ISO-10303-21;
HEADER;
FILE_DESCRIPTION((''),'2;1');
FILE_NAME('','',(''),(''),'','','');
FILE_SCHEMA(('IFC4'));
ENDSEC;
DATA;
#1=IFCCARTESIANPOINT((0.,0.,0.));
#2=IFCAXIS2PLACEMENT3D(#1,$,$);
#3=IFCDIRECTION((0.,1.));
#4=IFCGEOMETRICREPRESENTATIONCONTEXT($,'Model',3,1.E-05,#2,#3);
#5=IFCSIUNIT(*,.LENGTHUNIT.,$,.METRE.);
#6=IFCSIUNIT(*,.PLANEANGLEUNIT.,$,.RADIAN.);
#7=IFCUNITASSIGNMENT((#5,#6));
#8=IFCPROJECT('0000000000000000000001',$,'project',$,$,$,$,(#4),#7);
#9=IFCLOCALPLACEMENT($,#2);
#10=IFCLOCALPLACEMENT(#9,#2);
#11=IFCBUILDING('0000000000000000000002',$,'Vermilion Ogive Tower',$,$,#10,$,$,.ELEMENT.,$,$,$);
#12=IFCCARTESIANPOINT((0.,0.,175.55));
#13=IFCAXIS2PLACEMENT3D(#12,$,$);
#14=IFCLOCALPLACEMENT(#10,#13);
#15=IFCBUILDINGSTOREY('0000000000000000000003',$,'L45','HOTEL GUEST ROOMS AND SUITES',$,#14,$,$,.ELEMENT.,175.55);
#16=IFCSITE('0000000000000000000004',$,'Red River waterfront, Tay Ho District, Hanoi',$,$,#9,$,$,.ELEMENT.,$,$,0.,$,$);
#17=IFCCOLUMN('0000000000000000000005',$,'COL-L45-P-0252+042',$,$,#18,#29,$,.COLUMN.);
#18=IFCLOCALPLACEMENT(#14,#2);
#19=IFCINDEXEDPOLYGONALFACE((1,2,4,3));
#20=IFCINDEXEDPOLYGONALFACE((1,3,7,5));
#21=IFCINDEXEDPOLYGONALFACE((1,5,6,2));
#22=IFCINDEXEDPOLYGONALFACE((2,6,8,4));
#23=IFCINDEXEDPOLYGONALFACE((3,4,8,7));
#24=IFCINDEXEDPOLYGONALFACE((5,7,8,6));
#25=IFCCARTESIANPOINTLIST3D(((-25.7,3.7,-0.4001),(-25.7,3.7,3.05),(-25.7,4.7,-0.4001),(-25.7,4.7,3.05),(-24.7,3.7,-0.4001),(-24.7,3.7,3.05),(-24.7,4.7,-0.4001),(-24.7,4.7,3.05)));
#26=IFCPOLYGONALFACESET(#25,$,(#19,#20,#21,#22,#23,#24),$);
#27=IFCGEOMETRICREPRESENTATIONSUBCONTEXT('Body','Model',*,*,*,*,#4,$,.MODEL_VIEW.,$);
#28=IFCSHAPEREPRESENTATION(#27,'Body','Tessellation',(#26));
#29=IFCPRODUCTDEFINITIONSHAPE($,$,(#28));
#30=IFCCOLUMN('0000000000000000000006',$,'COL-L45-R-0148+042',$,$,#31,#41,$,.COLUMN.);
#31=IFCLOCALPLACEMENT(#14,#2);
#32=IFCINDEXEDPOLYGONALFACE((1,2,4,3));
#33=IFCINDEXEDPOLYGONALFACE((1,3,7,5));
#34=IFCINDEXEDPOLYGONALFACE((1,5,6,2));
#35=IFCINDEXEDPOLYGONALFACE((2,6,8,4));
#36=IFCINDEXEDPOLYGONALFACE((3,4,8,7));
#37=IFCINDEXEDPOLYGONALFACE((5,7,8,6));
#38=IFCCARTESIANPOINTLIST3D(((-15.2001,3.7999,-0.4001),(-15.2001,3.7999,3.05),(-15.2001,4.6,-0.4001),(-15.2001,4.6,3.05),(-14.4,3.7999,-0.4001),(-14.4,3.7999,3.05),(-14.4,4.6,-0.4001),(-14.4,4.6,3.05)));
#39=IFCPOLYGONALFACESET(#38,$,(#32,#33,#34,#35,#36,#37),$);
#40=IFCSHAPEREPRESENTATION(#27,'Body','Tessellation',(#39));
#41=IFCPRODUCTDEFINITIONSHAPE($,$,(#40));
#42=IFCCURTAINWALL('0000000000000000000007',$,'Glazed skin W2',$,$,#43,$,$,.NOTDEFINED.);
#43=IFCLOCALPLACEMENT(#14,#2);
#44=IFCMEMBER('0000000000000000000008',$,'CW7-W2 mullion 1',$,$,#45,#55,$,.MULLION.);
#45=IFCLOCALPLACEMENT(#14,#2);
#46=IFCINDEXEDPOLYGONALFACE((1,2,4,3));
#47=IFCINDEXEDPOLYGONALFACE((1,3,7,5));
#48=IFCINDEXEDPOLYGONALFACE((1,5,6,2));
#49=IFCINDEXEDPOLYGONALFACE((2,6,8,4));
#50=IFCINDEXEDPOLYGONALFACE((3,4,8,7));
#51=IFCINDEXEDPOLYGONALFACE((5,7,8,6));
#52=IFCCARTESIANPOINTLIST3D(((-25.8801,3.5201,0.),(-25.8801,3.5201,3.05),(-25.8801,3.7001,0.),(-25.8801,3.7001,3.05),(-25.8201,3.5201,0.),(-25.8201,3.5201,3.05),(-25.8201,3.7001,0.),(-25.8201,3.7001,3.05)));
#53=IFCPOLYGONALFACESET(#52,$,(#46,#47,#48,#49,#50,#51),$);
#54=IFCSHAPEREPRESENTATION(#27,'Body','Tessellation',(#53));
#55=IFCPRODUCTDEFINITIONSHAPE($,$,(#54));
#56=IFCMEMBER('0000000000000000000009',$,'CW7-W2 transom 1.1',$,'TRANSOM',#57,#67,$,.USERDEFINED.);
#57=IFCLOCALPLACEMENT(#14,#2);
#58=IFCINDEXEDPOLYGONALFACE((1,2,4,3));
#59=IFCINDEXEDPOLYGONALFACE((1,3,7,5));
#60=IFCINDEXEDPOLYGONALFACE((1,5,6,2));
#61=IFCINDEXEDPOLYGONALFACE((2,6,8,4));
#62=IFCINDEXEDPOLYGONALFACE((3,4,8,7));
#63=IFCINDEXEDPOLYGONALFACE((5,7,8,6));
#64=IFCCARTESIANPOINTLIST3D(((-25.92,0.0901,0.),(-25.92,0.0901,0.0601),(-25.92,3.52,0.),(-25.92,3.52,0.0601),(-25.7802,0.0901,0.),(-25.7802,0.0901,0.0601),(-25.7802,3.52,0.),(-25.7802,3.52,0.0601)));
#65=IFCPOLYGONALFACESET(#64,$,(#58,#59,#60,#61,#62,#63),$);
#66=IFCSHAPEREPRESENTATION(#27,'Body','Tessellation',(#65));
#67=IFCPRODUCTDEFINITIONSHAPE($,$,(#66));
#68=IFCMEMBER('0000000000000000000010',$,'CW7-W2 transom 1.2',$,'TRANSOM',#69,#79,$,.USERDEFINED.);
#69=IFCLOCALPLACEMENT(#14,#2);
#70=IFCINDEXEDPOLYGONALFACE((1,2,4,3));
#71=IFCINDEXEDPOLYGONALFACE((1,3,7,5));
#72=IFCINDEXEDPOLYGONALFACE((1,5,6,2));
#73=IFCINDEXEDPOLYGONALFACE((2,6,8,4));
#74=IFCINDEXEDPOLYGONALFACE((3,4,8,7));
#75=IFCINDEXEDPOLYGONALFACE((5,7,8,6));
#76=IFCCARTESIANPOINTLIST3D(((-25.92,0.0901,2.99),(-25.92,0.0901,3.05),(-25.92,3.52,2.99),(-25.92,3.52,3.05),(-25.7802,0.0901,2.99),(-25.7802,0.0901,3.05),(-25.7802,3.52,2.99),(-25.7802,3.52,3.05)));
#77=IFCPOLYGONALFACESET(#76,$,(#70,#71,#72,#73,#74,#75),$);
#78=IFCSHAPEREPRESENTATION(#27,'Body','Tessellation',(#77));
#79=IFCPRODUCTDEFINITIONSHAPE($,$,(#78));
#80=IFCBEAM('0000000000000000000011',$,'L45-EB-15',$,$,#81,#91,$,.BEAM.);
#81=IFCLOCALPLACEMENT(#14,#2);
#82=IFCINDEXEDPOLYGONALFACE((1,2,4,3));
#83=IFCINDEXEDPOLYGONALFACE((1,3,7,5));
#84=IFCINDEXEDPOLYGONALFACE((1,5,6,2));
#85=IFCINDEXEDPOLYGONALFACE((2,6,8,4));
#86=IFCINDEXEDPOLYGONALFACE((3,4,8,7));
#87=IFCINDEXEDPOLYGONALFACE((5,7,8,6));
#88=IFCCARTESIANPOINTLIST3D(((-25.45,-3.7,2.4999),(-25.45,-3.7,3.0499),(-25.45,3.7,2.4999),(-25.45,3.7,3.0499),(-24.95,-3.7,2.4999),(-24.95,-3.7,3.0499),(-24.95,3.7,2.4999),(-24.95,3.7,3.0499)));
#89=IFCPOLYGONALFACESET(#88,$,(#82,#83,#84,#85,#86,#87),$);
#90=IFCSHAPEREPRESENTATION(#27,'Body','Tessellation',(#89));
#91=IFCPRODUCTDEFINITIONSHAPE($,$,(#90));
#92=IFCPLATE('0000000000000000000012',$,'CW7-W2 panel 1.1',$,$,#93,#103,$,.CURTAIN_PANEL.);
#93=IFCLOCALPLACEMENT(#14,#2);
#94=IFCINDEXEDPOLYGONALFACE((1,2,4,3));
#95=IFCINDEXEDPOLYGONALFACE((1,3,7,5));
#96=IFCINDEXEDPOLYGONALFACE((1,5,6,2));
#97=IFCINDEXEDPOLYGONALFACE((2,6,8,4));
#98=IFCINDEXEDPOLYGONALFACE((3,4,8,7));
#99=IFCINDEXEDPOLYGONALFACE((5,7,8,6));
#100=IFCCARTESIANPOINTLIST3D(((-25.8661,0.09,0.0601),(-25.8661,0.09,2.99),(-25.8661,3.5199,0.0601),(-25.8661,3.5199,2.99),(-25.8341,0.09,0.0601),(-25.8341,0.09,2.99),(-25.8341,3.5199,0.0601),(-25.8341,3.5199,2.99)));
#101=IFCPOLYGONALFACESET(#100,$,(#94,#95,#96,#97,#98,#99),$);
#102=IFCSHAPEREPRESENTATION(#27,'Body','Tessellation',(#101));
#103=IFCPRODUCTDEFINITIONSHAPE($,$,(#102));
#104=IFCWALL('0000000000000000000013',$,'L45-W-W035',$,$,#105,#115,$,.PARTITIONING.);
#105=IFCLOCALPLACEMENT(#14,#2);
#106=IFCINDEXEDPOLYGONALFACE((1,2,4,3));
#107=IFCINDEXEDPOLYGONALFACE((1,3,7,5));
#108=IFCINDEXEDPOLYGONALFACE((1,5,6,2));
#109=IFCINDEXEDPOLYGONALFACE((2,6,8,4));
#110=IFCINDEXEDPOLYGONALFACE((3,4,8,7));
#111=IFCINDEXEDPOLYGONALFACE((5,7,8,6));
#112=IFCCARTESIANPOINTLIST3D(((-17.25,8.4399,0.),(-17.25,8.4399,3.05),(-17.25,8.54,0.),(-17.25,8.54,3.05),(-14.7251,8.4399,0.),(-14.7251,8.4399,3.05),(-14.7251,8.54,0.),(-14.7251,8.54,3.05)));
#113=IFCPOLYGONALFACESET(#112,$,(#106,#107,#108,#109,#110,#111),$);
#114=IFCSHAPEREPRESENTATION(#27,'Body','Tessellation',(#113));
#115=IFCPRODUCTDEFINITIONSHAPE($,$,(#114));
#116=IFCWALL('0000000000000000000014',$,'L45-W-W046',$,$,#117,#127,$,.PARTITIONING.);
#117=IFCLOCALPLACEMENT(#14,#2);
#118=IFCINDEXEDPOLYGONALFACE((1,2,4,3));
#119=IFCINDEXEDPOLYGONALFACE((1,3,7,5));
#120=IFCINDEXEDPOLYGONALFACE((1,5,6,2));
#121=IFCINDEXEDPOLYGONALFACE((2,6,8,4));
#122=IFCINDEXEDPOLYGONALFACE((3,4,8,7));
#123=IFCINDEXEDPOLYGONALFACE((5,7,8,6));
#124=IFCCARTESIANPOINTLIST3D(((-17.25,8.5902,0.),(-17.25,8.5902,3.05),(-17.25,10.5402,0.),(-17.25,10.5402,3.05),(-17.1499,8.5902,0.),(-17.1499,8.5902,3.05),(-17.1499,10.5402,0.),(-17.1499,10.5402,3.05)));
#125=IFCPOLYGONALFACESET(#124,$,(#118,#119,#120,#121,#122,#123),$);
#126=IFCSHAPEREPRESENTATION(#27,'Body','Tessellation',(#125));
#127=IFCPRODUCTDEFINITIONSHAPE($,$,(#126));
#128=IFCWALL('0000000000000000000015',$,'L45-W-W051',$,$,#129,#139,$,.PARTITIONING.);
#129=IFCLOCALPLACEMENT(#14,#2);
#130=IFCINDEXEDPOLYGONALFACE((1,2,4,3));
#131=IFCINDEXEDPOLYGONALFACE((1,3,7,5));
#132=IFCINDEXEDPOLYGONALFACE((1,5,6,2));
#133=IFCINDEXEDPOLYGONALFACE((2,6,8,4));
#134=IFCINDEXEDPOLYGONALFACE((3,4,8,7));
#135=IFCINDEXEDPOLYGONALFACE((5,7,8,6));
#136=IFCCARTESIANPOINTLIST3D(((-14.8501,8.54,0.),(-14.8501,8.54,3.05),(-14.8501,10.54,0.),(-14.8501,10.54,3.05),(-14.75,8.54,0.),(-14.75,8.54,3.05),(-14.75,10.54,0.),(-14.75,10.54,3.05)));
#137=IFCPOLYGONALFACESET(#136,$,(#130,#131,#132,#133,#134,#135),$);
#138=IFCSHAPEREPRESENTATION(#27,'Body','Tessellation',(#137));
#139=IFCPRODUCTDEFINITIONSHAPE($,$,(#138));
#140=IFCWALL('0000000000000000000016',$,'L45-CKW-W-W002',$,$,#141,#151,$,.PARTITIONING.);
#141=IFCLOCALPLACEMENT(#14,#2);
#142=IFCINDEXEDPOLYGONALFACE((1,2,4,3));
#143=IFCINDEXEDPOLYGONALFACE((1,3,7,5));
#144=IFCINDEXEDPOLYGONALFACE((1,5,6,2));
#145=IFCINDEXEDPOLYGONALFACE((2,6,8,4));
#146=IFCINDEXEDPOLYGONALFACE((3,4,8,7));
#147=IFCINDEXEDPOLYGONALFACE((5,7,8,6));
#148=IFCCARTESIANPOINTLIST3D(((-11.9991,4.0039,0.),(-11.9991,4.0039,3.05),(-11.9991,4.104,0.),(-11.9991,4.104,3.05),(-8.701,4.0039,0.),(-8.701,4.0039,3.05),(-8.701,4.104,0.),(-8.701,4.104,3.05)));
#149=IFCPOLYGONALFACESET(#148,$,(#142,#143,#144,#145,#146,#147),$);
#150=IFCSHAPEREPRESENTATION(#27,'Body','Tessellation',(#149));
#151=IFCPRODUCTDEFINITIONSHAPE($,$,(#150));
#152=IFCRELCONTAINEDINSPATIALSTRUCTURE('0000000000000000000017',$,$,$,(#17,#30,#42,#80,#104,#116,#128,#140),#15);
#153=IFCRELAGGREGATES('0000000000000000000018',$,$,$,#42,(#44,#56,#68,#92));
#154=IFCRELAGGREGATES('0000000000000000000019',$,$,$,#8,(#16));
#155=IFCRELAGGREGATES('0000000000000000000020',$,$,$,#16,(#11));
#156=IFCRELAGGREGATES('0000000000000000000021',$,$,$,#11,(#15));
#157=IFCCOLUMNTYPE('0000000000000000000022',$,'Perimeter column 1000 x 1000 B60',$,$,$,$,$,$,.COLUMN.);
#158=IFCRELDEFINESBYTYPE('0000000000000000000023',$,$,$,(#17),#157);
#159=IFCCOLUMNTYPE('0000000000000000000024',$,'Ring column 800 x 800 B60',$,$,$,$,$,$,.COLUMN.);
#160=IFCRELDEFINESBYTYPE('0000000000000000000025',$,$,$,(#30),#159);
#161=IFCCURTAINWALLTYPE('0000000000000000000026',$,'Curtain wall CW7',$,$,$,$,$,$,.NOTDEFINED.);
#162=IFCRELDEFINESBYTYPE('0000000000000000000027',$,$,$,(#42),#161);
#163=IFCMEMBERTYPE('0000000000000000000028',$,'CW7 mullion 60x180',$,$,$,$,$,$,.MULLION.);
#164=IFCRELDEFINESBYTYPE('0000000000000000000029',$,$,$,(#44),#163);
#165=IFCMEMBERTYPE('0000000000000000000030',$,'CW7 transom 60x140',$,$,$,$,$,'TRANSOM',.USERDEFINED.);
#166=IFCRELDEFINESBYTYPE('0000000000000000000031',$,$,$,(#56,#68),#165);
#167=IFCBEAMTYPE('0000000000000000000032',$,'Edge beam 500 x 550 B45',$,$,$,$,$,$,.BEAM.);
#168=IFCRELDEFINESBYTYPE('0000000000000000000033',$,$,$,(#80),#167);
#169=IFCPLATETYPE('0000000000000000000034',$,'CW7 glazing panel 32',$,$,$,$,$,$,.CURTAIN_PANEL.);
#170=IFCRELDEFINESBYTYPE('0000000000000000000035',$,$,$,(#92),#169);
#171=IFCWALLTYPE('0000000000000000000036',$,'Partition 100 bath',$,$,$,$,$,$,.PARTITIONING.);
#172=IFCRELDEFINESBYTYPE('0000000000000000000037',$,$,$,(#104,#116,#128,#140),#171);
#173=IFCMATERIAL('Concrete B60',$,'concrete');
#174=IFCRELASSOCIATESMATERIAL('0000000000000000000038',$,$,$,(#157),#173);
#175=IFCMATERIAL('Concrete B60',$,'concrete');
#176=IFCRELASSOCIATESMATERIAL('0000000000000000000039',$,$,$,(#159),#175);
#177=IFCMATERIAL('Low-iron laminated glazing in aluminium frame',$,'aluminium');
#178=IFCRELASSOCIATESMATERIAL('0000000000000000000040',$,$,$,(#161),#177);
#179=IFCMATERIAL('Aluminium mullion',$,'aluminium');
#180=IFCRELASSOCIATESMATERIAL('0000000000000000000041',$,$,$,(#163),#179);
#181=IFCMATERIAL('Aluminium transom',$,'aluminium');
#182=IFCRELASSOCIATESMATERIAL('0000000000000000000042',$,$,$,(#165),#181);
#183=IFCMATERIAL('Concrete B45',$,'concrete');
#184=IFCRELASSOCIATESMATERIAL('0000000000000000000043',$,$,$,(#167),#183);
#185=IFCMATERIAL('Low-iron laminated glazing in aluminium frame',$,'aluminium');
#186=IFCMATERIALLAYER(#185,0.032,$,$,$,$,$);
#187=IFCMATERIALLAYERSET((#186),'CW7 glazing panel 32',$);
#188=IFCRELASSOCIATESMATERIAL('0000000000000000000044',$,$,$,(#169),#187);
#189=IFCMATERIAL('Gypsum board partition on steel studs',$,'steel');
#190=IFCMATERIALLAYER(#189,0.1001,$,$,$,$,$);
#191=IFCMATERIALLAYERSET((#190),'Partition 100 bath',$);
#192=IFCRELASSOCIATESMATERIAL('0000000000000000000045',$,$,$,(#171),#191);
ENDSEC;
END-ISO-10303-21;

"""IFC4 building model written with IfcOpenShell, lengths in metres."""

from ifc_helpers import new_model, si_unit, direction, frame, frame_2d, origin, origin_2d, place, context, subcontext, project, spatial, rectangle, extrude, material, layer, layer_set, material_profile, profile_set, type_object, element, aggregate, save


model = new_model("IFC4")

# Units and contexts
model_context = context("Model", 3, precision=1e-05, world=origin(), true_north=direction((0.0, 1.0)))
body_context = subcontext(model_context, "Body", "Model", "MODEL_VIEW")
ifc_project = project(units=[si_unit("LENGTHUNIT", "METRE"), si_unit("PLANEANGLEUNIT", "RADIAN")], contexts=[model_context])

# Site, building, storey
site_placement = place(None, origin())
site = spatial("IfcSite", under=ifc_project, at=site_placement, Name="Red River waterfront, Tay Ho District, Hanoi", CompositionType="ELEMENT", RefElevation=0.0)
building_placement = place(site_placement, origin())
building = spatial("IfcBuilding", under=site, at=building_placement, Name="Vermilion Ogive Tower", CompositionType="ELEMENT")
storey_placement = place(building_placement, frame((0.0, 0.0, 175.55)))
storey = spatial("IfcBuildingStorey", under=building, at=storey_placement, Name="L45", Description="HOTEL GUEST ROOMS AND SUITES", CompositionType="ELEMENT", Elevation=175.55)

# Columns
ifc_material_1 = material(Name="Concrete B60", Category="concrete")
ifc_material_profile_1 = material_profile(ifc_material_1, rectangle(XDim=1.0, YDim=1.0, at=origin_2d()), Name="1000 x 1000")
ifc_profile_set_1 = profile_set([ifc_material_profile_1], Name="Concrete B60")
column_type_1 = type_object("IfcColumnType", Name="Perimeter column 1000 x 1000 B60", PredefinedType="COLUMN", material=ifc_profile_set_1)
column_1_placement = place(storey_placement, frame((-25.2, 4.2, -0.4001), z_axis=(0.0, 0.0, 1.0), x_axis=(1.0, 0.0, 0.0)))
element("IfcColumn", 1, at=column_1_placement, inside=storey, type_object=column_type_1, Name="COL-L45-P-0252+042", PredefinedType="COLUMN", context=body_context, shape_type="SweptSolid", body=[
    extrude(rectangle(XDim=1.0, YDim=1.0, at=origin_2d()), origin(), (0.0, 0.0, 1.0), 3.4502),
])
ifc_material_2 = material(Name="Concrete B60", Category="concrete")
ifc_material_profile_2 = material_profile(ifc_material_2, rectangle(XDim=0.8, YDim=0.8, at=origin_2d()), Name="800 x 800")
ifc_profile_set_2 = profile_set([ifc_material_profile_2], Name="Concrete B60")
column_type_2 = type_object("IfcColumnType", Name="Ring column 800 x 800 B60", PredefinedType="COLUMN", material=ifc_profile_set_2)
column_2_placement = place(storey_placement, frame((-14.8, 4.2, -0.4001), z_axis=(0.0, 0.0, 1.0), x_axis=(1.0, 0.0, 0.0)))
element("IfcColumn", 2, at=column_2_placement, inside=storey, type_object=column_type_2, Name="COL-L45-R-0148+042", PredefinedType="COLUMN", context=body_context, shape_type="SweptSolid", body=[
    extrude(rectangle(XDim=0.8, YDim=0.8, at=origin_2d()), origin(), (0.0, 0.0, 1.0), 3.4502),
])

# Curtain wall, members
ifc_material_3 = material(Name="Low-iron laminated glazing in aluminium frame", Category="aluminium")
curtain_wall_type = type_object("IfcCurtainWallType", Name="Curtain wall CW7", PredefinedType="NOTDEFINED", material=ifc_material_3)
curtain_wall_placement = place(storey_placement, origin())
curtain_wall = element("IfcCurtainWall", 3, at=curtain_wall_placement, inside=storey, type_object=curtain_wall_type, Name="Glazed skin W2", PredefinedType="NOTDEFINED")
ifc_material_4 = material(Name="Aluminium mullion", Category="aluminium")
ifc_material_profile_3 = material_profile(ifc_material_4, rectangle(XDim=0.0601, YDim=0.1799, at=origin_2d()), Name="AL 60x180")
ifc_profile_set_3 = profile_set([ifc_material_profile_3], Name="Aluminium mullion")
member_type_1 = type_object("IfcMemberType", Name="CW7 mullion 60x180", PredefinedType="MULLION", material=ifc_profile_set_3)
member_1_placement = place(storey_placement, frame((-25.8501, 3.6101, 0.0), z_axis=(0.0, 0.0, 1.0), x_axis=(1.0, 0.0, 0.0)))
member_1 = element("IfcMember", 4, at=member_1_placement, type_object=member_type_1, Name="CW7-W2 mullion 1", PredefinedType="MULLION", context=body_context, shape_type="SweptSolid", body=[
    extrude(rectangle(XDim=0.0601, YDim=0.1799, at=origin_2d()), origin(), (0.0, 0.0, 1.0), 3.05),
])
ifc_material_5 = material(Name="Aluminium transom", Category="aluminium")
ifc_material_profile_4 = material_profile(ifc_material_5, rectangle(XDim=0.1399, YDim=0.0601, at=origin_2d()), Name="AL 60x140")
ifc_profile_set_4 = profile_set([ifc_material_profile_4], Name="Aluminium transom")
member_type_2 = type_object("IfcMemberType", Name="CW7 transom 60x140", ElementType="TRANSOM", PredefinedType="USERDEFINED", material=ifc_profile_set_4)
member_2_placement = place(storey_placement, frame((-25.8501, 3.52, 0.03), z_axis=(0.0, -1.0, 0.0), x_axis=(1.0, 0.0, 0.0)))
member_2 = element("IfcMember", 5, at=member_2_placement, type_object=member_type_2, Name="CW7-W2 transom 1.1", ObjectType="TRANSOM", PredefinedType="USERDEFINED", context=body_context, shape_type="SweptSolid", body=[
    extrude(rectangle(XDim=0.1399, YDim=0.0601, at=origin_2d()), origin(), (0.0, 0.0, 1.0), 3.4299),
])
member_3_placement = place(storey_placement, frame((-25.8501, 3.52, 3.02), z_axis=(0.0, -1.0, 0.0), x_axis=(1.0, 0.0, 0.0)))
member_3 = element("IfcMember", 6, at=member_3_placement, type_object=member_type_2, Name="CW7-W2 transom 1.2", ObjectType="TRANSOM", PredefinedType="USERDEFINED", context=body_context, shape_type="SweptSolid", body=[
    extrude(rectangle(XDim=0.1399, YDim=0.0601, at=origin_2d()), origin(), (0.0, 0.0, 1.0), 3.4299),
])

# Beam
ifc_material_6 = material(Name="Concrete B45", Category="concrete")
ifc_material_profile_5 = material_profile(ifc_material_6, rectangle(XDim=0.5, YDim=0.55, at=origin_2d()), Name="500 x 550")
ifc_profile_set_5 = profile_set([ifc_material_profile_5], Name="Concrete B45")
beam_type = type_object("IfcBeamType", Name="Edge beam 500 x 550 B45", PredefinedType="BEAM", material=ifc_profile_set_5)
beam_placement = place(storey_placement, frame((-25.2, 3.7, 2.7749), z_axis=(0.0, -1.0, 0.0), x_axis=(1.0, 0.0, 0.0)))
element("IfcBeam", 7, at=beam_placement, inside=storey, type_object=beam_type, Name="L45-EB-15", PredefinedType="BEAM", context=body_context, shape_type="SweptSolid", body=[
    extrude(rectangle(XDim=0.5, YDim=0.55, at=origin_2d()), origin(), (0.0, 0.0, 1.0), 7.3999),
])

# Plate
ifc_material_7 = material(Name="Low-iron laminated glazing in aluminium frame", Category="aluminium")
ifc_layer_1 = layer(ifc_material_7, 0.032)
ifc_layer_set_1 = layer_set([ifc_layer_1], Name="CW7 glazing panel 32")
plate_type = type_object("IfcPlateType", Name="CW7 glazing panel 32", PredefinedType="CURTAIN_PANEL", material=ifc_layer_set_1)
plate_placement = place(storey_placement, frame((-25.8501, 1.8049, 0.0601), z_axis=(0.0, 0.0, 1.0), x_axis=(0.0, -1.0, 0.0)))
plate = element("IfcPlate", 8, at=plate_placement, type_object=plate_type, Name="CW7-W2 panel 1.1", PredefinedType="CURTAIN_PANEL", context=body_context, shape_type="SweptSolid", body=[
    extrude(rectangle(XDim=3.4299, YDim=0.032, at=origin_2d()), origin(), (0.0, 0.0, 1.0), 2.9299),
])
aggregate(curtain_wall, [member_1, member_2, member_3, plate])

# Walls
ifc_material_8 = material(Name="Gypsum board partition on steel studs", Category="steel")
ifc_layer_2 = layer(ifc_material_8, 0.1001)
ifc_layer_set_2 = layer_set([ifc_layer_2], Name="Partition 100 bath")
wall_type_1 = type_object("IfcWallType", Name="Partition 100 bath", PredefinedType="PARTITIONING", material=ifc_layer_set_2)
wall_1_placement = place(storey_placement, frame((-17.25, 8.49, 0.0), z_axis=(0.0, 0.0, 1.0), x_axis=(1.0, 0.0, 0.0)))
element("IfcWall", 9, at=wall_1_placement, inside=storey, type_object=wall_type_1, Name="L45-W-W035", PredefinedType="PARTITIONING", context=body_context, shape_type="SweptSolid", body=[
    extrude(rectangle(XDim=2.5249, YDim=0.1001, at=frame_2d((1.2625, 0.0))), origin(), (0.0, 0.0, 1.0), 3.05),
])
wall_2_placement = place(storey_placement, frame((-17.2, 8.5901, 0.0), z_axis=(0.0, 0.0, 1.0), x_axis=(0.0, 1.0, 0.0)))
element("IfcWall", 10, at=wall_2_placement, inside=storey, type_object=wall_type_1, Name="L45-W-W046", PredefinedType="PARTITIONING", context=body_context, shape_type="SweptSolid", body=[
    extrude(rectangle(XDim=1.95, YDim=0.1001, at=frame_2d((0.9751, 0.0))), origin(), (0.0, 0.0, 1.0), 3.05),
])
wall_3_placement = place(storey_placement, frame((-14.8, 8.54, 0.0), z_axis=(0.0, 0.0, 1.0), x_axis=(0.0, 1.0, 0.0)))
element("IfcWall", 11, at=wall_3_placement, inside=storey, type_object=wall_type_1, Name="L45-W-W051", PredefinedType="PARTITIONING", context=body_context, shape_type="SweptSolid", body=[
    extrude(rectangle(XDim=2.0, YDim=0.1001, at=frame_2d((1.0, 0.0))), origin(), (0.0, 0.0, 1.0), 3.05),
])
wall_4_placement = place(storey_placement, frame((-11.999, 4.054, 0.0), z_axis=(0.0, 0.0, 1.0), x_axis=(1.0, 0.0, 0.0)))
element("IfcWall", 12, at=wall_4_placement, inside=storey, type_object=wall_type_1, Name="L45-CKW-W-W002", PredefinedType="PARTITIONING", context=body_context, shape_type="SweptSolid", body=[
    extrude(rectangle(XDim=3.2981, YDim=0.1001, at=frame_2d((1.6489, 0.0))), origin(), (0.0, 0.0, 1.0), 3.05),
])

save(model, "model.ifc")
